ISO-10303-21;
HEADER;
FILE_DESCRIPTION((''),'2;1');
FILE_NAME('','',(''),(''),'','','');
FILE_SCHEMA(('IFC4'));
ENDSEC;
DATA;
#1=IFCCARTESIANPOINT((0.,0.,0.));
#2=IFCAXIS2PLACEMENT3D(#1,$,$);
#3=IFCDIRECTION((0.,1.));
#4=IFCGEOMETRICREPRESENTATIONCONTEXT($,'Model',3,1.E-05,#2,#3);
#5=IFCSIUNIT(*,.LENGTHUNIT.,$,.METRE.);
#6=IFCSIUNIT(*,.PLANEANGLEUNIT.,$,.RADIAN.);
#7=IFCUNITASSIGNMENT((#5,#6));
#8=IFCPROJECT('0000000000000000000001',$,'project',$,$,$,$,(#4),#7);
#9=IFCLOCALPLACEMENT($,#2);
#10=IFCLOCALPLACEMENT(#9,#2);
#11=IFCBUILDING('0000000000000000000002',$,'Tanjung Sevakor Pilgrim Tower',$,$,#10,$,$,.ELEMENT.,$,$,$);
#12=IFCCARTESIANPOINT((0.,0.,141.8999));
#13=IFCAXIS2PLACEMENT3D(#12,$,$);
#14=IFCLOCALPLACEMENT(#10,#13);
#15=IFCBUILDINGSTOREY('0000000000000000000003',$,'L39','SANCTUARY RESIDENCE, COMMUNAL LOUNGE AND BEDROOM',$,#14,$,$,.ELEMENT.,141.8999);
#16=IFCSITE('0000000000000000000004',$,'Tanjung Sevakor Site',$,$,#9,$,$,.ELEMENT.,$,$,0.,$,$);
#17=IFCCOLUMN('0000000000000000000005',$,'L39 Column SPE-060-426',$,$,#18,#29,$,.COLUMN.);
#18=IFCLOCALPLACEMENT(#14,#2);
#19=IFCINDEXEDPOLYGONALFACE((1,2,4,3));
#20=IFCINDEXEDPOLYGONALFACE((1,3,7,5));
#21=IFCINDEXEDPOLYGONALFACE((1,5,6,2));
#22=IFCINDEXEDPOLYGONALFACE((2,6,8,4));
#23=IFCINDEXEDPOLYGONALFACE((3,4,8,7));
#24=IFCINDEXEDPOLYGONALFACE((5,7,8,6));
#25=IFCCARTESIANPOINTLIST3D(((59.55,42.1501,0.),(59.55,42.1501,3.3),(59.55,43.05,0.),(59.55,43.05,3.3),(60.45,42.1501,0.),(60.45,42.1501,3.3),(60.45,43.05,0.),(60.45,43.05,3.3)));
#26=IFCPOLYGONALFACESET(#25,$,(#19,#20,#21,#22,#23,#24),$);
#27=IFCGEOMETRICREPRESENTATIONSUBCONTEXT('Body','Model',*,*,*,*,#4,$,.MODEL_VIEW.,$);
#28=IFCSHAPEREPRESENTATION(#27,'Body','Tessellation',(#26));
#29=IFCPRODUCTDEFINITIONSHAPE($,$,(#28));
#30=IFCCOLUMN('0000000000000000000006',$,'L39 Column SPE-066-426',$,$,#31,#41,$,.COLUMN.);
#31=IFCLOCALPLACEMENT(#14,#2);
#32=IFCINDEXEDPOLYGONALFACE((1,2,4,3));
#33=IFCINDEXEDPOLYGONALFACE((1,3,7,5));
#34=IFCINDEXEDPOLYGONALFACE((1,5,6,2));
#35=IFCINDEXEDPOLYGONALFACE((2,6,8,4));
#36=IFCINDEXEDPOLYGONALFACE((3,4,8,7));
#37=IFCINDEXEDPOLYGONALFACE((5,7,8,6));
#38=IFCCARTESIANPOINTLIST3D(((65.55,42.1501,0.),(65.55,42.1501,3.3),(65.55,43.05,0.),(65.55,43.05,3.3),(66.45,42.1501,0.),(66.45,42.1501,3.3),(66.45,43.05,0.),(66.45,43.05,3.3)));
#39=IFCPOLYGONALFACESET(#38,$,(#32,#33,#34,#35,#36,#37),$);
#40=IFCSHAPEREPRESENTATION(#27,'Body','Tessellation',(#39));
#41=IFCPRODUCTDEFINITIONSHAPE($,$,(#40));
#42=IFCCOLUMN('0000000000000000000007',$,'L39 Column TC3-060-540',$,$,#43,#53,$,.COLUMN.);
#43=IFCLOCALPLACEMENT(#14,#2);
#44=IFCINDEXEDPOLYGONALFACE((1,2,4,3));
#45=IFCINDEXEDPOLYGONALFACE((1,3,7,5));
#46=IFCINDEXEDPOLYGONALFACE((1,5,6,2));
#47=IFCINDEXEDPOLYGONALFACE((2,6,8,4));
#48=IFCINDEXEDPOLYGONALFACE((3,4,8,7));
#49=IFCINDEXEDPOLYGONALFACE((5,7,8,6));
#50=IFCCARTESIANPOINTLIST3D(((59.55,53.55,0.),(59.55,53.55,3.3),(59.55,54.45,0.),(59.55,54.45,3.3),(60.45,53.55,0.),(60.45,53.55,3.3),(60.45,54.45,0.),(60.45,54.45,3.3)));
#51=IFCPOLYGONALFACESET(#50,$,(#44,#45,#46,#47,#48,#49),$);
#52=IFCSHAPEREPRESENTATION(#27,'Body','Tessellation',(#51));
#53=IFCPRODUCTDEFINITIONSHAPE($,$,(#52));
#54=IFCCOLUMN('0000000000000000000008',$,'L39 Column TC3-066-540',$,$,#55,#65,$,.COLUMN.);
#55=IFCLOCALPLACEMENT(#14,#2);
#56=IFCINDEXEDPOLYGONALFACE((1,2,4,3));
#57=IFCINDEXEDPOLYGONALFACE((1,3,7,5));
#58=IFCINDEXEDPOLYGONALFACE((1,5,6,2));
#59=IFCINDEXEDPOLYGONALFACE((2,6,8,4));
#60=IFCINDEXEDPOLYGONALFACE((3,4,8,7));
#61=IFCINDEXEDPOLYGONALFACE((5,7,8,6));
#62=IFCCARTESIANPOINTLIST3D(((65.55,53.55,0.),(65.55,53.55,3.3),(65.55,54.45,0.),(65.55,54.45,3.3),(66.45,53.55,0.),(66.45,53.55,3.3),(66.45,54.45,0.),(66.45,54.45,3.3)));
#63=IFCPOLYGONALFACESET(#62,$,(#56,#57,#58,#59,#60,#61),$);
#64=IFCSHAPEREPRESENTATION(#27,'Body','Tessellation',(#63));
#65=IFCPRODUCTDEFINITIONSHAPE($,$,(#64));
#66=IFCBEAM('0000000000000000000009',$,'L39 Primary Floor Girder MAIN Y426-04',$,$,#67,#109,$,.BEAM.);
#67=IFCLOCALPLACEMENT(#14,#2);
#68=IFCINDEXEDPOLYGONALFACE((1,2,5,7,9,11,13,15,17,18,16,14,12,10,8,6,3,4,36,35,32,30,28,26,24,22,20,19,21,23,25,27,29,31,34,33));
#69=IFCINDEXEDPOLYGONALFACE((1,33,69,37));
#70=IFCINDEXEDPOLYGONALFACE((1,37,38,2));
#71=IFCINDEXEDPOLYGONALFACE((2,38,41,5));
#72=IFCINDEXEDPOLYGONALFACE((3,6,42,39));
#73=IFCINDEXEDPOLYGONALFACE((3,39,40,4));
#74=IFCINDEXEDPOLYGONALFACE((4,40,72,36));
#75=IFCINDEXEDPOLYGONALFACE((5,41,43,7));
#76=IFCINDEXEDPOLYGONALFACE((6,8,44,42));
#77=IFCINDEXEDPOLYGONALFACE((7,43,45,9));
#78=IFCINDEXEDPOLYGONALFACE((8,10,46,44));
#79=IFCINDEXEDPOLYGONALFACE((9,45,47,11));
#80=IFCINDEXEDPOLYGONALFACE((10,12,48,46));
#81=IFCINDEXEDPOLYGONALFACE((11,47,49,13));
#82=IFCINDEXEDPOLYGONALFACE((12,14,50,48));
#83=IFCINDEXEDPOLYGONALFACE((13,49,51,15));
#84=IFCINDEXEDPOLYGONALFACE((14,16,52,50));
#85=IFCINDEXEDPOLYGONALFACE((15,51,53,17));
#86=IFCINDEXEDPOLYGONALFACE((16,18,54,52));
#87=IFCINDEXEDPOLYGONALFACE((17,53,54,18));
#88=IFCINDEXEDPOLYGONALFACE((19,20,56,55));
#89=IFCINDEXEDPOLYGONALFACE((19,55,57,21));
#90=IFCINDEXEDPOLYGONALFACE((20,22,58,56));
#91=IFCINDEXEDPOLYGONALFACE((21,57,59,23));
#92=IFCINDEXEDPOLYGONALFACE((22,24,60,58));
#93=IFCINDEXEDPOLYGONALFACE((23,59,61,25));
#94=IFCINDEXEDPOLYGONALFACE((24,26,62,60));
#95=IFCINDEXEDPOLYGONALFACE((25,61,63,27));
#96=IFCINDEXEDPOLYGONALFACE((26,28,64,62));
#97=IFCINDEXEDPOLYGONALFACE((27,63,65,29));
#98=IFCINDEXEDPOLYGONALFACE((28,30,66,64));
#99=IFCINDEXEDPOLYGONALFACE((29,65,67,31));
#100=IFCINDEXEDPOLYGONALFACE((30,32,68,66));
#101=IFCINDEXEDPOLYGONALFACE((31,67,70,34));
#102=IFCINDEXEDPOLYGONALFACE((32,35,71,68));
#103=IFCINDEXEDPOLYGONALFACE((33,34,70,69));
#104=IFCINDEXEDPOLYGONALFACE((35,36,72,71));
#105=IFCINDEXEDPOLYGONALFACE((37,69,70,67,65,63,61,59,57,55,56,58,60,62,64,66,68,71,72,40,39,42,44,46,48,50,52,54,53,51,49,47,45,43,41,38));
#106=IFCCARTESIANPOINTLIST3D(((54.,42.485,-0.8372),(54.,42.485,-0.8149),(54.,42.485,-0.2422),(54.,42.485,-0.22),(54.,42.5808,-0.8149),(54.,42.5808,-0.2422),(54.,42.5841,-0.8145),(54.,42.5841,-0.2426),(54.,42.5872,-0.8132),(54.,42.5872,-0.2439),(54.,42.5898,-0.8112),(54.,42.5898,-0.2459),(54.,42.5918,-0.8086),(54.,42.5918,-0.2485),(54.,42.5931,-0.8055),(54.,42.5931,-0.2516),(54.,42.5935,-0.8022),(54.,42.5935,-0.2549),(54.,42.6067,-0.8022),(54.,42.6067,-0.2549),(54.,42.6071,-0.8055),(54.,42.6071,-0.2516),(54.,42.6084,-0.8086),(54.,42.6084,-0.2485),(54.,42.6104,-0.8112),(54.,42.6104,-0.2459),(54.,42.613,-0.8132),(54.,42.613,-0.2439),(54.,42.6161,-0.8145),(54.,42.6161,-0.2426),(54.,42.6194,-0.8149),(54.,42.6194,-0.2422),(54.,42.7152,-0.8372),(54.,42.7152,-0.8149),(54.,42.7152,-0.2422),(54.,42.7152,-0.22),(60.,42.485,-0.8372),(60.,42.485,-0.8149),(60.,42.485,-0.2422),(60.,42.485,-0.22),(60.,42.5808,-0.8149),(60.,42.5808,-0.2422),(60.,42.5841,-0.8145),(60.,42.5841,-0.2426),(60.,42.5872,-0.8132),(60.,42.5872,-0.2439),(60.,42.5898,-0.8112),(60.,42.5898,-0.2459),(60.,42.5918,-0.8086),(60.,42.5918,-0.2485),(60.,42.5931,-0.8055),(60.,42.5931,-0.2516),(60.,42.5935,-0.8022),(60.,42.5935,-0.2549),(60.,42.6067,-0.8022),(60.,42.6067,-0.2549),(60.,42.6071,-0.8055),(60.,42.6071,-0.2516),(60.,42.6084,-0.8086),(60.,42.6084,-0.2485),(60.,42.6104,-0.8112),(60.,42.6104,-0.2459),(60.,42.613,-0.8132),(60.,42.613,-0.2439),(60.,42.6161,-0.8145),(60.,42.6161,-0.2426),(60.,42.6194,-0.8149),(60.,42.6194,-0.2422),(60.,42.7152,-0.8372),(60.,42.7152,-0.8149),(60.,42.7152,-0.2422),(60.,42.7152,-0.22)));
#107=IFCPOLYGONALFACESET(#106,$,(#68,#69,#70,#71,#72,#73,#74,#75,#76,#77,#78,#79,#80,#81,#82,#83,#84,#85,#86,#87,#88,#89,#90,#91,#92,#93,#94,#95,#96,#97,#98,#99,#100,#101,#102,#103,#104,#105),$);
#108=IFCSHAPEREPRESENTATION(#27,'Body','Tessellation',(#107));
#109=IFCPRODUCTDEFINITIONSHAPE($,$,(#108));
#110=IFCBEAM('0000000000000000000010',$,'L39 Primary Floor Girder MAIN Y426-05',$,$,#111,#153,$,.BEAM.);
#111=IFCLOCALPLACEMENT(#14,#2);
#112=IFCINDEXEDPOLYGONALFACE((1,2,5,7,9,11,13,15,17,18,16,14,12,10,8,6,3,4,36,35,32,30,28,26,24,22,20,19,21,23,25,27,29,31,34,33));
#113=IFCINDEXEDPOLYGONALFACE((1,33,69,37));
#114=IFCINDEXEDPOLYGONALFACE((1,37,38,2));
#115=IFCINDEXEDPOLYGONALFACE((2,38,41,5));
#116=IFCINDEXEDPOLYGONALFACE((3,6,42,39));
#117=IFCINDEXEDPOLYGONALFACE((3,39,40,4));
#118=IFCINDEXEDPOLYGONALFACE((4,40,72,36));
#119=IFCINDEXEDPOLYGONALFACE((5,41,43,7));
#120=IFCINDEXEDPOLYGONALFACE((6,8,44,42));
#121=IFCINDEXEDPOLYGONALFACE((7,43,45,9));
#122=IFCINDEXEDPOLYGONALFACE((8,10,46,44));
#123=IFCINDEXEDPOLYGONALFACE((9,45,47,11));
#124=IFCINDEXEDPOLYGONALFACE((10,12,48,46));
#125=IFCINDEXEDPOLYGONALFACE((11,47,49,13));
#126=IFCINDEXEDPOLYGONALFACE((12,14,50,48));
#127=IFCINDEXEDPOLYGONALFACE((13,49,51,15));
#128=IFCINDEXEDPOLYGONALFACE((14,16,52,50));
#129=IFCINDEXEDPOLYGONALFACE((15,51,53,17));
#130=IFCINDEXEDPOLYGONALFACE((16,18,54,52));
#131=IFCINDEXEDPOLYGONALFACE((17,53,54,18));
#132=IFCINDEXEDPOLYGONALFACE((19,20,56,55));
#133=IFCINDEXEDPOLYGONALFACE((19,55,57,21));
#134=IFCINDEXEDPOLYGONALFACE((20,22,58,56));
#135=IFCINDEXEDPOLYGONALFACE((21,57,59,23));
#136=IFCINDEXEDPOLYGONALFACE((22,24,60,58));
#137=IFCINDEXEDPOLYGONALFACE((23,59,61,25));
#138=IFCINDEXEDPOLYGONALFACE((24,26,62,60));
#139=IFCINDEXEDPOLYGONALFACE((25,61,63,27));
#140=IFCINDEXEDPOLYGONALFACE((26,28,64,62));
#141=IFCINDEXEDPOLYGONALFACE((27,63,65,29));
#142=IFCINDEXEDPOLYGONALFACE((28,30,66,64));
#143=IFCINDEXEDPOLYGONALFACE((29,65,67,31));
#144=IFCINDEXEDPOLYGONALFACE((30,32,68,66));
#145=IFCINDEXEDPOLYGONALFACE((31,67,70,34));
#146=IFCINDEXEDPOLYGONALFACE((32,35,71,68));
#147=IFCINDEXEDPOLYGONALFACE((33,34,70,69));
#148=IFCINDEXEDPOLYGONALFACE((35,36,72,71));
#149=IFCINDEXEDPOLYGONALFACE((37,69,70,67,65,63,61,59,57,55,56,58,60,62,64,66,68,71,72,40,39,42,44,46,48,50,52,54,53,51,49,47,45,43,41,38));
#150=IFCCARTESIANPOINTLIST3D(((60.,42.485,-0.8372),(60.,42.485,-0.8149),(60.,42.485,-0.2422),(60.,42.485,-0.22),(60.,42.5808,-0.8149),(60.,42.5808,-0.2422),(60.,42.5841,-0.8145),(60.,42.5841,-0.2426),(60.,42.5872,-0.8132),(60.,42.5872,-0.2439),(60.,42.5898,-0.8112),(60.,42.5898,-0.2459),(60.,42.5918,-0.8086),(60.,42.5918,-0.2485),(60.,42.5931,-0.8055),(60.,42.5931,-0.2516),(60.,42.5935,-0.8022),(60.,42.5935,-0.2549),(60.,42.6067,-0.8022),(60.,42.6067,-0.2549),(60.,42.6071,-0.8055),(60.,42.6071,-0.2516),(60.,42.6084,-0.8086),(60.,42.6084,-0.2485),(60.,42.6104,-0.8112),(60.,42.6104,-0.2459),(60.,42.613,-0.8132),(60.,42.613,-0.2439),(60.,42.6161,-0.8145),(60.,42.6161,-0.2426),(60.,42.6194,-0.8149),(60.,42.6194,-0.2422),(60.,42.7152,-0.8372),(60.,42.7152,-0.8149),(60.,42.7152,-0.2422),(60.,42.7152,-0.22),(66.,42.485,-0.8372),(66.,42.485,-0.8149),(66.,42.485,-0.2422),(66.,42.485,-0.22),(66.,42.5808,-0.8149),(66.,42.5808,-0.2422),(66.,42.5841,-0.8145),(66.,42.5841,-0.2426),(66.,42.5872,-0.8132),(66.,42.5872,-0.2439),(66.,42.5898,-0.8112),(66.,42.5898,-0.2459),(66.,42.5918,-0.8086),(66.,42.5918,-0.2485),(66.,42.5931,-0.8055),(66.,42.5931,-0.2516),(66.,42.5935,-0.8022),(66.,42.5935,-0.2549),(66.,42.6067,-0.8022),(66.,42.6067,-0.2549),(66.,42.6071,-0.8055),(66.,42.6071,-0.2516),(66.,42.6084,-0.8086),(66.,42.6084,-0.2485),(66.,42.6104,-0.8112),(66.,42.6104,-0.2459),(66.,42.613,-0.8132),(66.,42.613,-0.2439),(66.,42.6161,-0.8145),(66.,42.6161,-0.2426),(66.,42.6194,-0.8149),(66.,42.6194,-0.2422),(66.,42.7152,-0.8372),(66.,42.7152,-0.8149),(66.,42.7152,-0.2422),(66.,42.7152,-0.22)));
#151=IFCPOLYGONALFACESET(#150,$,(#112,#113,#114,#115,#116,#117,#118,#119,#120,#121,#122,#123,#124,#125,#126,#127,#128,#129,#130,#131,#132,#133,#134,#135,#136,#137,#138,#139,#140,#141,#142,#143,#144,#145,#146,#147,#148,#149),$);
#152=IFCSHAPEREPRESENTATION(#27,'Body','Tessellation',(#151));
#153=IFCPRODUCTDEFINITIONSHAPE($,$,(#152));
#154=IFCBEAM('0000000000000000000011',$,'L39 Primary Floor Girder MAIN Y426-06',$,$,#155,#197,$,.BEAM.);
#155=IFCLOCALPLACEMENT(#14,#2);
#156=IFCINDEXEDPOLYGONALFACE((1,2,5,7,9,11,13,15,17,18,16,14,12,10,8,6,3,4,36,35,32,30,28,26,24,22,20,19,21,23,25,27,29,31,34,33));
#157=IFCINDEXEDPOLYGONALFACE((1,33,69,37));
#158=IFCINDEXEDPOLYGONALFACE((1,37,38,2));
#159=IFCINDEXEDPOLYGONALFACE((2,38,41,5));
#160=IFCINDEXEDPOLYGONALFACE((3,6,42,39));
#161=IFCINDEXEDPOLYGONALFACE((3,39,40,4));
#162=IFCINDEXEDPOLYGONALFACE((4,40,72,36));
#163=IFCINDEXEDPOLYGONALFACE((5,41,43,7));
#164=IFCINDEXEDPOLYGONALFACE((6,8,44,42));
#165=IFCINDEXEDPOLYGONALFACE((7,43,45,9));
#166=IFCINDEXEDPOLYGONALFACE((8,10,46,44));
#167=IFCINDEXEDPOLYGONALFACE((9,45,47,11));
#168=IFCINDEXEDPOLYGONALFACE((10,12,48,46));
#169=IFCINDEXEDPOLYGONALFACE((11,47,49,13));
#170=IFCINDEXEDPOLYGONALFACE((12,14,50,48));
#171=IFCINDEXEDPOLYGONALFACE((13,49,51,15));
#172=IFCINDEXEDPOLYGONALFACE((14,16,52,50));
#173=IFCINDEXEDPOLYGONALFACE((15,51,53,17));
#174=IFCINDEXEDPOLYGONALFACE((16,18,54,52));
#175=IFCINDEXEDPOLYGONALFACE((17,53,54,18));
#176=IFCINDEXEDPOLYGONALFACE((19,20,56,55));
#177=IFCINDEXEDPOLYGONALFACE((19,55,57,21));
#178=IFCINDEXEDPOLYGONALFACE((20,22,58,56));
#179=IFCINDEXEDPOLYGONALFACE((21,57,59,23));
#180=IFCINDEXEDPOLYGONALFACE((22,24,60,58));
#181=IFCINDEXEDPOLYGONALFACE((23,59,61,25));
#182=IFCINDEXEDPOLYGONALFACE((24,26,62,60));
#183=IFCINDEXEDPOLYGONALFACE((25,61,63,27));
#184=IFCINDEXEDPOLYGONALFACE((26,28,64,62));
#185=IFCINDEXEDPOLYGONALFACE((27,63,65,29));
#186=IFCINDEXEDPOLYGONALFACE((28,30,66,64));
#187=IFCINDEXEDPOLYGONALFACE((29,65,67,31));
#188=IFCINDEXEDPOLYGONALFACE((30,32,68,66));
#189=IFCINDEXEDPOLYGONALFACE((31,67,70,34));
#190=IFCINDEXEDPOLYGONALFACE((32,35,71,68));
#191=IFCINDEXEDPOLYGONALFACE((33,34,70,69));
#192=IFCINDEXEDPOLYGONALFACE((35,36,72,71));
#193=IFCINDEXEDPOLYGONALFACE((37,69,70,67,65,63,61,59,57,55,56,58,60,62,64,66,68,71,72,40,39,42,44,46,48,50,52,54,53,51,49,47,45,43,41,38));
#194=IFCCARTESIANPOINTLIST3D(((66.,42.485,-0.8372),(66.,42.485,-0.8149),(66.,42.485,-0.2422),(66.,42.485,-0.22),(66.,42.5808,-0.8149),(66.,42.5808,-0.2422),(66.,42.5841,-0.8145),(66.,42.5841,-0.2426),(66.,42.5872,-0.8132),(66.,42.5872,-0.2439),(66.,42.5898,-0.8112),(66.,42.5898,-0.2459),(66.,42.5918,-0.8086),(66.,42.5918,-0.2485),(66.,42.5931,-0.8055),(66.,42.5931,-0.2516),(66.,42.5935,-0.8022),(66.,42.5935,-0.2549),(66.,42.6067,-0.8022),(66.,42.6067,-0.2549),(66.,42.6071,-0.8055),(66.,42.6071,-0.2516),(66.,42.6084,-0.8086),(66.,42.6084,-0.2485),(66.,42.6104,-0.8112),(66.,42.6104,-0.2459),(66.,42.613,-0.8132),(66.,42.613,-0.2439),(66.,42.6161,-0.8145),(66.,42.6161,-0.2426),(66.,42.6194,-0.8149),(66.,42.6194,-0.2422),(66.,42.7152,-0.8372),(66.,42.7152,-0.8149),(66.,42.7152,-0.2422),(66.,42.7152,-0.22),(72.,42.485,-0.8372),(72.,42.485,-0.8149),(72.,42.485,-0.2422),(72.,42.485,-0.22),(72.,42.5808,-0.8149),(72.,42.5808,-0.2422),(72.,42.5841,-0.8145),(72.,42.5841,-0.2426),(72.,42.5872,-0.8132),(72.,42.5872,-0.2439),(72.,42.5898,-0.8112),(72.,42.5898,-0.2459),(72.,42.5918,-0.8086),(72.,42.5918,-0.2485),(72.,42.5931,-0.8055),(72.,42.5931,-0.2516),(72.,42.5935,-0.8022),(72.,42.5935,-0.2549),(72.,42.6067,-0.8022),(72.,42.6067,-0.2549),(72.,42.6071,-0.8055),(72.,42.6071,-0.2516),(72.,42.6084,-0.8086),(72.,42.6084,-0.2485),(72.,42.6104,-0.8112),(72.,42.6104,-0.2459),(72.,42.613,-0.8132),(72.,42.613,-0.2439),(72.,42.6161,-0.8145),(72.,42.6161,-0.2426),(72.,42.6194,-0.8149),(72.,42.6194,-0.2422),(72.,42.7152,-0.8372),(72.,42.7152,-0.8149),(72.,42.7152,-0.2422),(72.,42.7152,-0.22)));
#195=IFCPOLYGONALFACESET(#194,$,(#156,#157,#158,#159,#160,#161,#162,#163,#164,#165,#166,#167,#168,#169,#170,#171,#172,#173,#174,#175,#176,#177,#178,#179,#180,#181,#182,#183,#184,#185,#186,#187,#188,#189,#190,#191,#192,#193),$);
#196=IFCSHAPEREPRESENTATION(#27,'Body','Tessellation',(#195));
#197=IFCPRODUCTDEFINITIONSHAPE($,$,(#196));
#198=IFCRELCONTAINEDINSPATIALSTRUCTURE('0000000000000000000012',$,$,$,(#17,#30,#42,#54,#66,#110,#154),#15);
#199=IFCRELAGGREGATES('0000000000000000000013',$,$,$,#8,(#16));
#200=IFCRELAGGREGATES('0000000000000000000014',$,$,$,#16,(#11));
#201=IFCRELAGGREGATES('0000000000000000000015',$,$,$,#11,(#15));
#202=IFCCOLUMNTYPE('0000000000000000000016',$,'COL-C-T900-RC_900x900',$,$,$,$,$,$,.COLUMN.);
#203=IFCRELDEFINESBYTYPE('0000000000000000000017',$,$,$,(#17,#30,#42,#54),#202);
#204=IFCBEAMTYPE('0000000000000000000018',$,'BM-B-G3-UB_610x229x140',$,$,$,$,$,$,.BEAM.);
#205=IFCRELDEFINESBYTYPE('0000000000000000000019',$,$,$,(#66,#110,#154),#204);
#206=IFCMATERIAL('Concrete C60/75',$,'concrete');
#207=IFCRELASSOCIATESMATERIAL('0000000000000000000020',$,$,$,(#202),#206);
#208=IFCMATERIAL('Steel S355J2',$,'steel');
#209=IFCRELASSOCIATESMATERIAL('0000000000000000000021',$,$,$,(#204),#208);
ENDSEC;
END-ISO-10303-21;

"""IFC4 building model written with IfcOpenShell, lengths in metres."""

from ifc_helpers import new_model, si_unit, direction, frame, origin, origin_2d, place, context, subcontext, project, spatial, rectangle, i_section, extrude, material, material_profile, profile_set, type_object, element, save


model = new_model("IFC4")

# Units and contexts
model_context = context("Model", 3, precision=1e-05, world=origin(), true_north=direction((0.0, 1.0)))
body_context = subcontext(model_context, "Body", "Model", "MODEL_VIEW")
ifc_project = project(units=[si_unit("LENGTHUNIT", "METRE"), si_unit("PLANEANGLEUNIT", "RADIAN")], contexts=[model_context])

# Site, building, storey
site_placement = place(None, origin())
site = spatial("IfcSite", under=ifc_project, at=site_placement, Name="Tanjung Sevakor Site", CompositionType="ELEMENT", RefElevation=0.0)
building_placement = place(site_placement, origin())
building = spatial("IfcBuilding", under=site, at=building_placement, Name="Tanjung Sevakor Pilgrim Tower", CompositionType="ELEMENT")
storey_placement = place(building_placement, frame((0.0, 0.0, 141.8999)))
storey = spatial("IfcBuildingStorey", under=building, at=storey_placement, Name="L39", Description="SANCTUARY RESIDENCE, COMMUNAL LOUNGE AND BEDROOM", CompositionType="ELEMENT", Elevation=141.8999)

# Columns
ifc_material_1 = material(Name="Concrete C60/75", Category="concrete")
ifc_material_profile_1 = material_profile(ifc_material_1, rectangle(XDim=0.8999, YDim=0.8999, at=origin_2d()))
ifc_profile_set_1 = profile_set([ifc_material_profile_1], Name="Concrete C60/75")
column_type = type_object("IfcColumnType", Name="COL-C-T900-RC_900x900", PredefinedType="COLUMN", material=ifc_profile_set_1)
for number, where, z_axis, x_axis, name in (
    (1, (60.0, 42.6001, 0.0), (0.0, 0.0, 1.0), (1.0, 0.0, 0.0), "L39 Column SPE-060-426"),
    (2, (66.0, 42.6001, 0.0), (0.0, 0.0, 1.0), (1.0, 0.0, 0.0), "L39 Column SPE-066-426"),
    (3, (60.0, 54.0, 0.0), (0.0, 0.0, 1.0), (1.0, 0.0, 0.0), "L39 Column TC3-060-540"),
    (4, (66.0, 54.0, 0.0), (0.0, 0.0, 1.0), (1.0, 0.0, 0.0), "L39 Column TC3-066-540"),
):
    element("IfcColumn", number, at=place(storey_placement, frame(where, z_axis=z_axis, x_axis=x_axis)), inside=storey, type_object=column_type, Name=name, PredefinedType="COLUMN", context=body_context, shape_type="SweptSolid", body=[
        extrude(rectangle(XDim=0.8999, YDim=0.8999, at=origin_2d()), origin(), (0.0, 0.0, 1.0), 3.3),
    ])

# Beams
ifc_material_2 = material(Name="Steel S355J2", Category="steel")
ifc_material_profile_2 = material_profile(ifc_material_2, i_section(OverallWidth=0.2302, OverallDepth=0.6172, WebThickness=0.0132, FlangeThickness=0.0222, FilletRadius=0.0127, at=origin_2d()))
ifc_profile_set_2 = profile_set([ifc_material_profile_2], Name="Steel S355J2")
beam_type_1 = type_object("IfcBeamType", Name="BM-B-G3-UB_610x229x140", PredefinedType="BEAM", material=ifc_profile_set_2)
for number, where, z_axis, x_axis, name in (
    (5, (54.0, 42.6001, -0.5286), (1.0, 0.0, 0.0), (0.0, 1.0, 0.0), "L39 Primary Floor Girder MAIN Y426-04"),
    (6, (60.0, 42.6001, -0.5286), (1.0, 0.0, 0.0), (0.0, 1.0, 0.0), "L39 Primary Floor Girder MAIN Y426-05"),
    (7, (66.0, 42.6001, -0.5286), (1.0, 0.0, 0.0), (0.0, 1.0, 0.0), "L39 Primary Floor Girder MAIN Y426-06"),
):
    element("IfcBeam", number, at=place(storey_placement, frame(where, z_axis=z_axis, x_axis=x_axis)), inside=storey, type_object=beam_type_1, Name=name, PredefinedType="BEAM", context=body_context, shape_type="SweptSolid", body=[
        extrude(i_section(OverallWidth=0.2302, OverallDepth=0.6172, WebThickness=0.0132, FlangeThickness=0.0222, FilletRadius=0.0127, at=origin_2d()), origin(), (0.0, 0.0, 1.0), 6.0),
    ])

save(model, "model.ifc")
